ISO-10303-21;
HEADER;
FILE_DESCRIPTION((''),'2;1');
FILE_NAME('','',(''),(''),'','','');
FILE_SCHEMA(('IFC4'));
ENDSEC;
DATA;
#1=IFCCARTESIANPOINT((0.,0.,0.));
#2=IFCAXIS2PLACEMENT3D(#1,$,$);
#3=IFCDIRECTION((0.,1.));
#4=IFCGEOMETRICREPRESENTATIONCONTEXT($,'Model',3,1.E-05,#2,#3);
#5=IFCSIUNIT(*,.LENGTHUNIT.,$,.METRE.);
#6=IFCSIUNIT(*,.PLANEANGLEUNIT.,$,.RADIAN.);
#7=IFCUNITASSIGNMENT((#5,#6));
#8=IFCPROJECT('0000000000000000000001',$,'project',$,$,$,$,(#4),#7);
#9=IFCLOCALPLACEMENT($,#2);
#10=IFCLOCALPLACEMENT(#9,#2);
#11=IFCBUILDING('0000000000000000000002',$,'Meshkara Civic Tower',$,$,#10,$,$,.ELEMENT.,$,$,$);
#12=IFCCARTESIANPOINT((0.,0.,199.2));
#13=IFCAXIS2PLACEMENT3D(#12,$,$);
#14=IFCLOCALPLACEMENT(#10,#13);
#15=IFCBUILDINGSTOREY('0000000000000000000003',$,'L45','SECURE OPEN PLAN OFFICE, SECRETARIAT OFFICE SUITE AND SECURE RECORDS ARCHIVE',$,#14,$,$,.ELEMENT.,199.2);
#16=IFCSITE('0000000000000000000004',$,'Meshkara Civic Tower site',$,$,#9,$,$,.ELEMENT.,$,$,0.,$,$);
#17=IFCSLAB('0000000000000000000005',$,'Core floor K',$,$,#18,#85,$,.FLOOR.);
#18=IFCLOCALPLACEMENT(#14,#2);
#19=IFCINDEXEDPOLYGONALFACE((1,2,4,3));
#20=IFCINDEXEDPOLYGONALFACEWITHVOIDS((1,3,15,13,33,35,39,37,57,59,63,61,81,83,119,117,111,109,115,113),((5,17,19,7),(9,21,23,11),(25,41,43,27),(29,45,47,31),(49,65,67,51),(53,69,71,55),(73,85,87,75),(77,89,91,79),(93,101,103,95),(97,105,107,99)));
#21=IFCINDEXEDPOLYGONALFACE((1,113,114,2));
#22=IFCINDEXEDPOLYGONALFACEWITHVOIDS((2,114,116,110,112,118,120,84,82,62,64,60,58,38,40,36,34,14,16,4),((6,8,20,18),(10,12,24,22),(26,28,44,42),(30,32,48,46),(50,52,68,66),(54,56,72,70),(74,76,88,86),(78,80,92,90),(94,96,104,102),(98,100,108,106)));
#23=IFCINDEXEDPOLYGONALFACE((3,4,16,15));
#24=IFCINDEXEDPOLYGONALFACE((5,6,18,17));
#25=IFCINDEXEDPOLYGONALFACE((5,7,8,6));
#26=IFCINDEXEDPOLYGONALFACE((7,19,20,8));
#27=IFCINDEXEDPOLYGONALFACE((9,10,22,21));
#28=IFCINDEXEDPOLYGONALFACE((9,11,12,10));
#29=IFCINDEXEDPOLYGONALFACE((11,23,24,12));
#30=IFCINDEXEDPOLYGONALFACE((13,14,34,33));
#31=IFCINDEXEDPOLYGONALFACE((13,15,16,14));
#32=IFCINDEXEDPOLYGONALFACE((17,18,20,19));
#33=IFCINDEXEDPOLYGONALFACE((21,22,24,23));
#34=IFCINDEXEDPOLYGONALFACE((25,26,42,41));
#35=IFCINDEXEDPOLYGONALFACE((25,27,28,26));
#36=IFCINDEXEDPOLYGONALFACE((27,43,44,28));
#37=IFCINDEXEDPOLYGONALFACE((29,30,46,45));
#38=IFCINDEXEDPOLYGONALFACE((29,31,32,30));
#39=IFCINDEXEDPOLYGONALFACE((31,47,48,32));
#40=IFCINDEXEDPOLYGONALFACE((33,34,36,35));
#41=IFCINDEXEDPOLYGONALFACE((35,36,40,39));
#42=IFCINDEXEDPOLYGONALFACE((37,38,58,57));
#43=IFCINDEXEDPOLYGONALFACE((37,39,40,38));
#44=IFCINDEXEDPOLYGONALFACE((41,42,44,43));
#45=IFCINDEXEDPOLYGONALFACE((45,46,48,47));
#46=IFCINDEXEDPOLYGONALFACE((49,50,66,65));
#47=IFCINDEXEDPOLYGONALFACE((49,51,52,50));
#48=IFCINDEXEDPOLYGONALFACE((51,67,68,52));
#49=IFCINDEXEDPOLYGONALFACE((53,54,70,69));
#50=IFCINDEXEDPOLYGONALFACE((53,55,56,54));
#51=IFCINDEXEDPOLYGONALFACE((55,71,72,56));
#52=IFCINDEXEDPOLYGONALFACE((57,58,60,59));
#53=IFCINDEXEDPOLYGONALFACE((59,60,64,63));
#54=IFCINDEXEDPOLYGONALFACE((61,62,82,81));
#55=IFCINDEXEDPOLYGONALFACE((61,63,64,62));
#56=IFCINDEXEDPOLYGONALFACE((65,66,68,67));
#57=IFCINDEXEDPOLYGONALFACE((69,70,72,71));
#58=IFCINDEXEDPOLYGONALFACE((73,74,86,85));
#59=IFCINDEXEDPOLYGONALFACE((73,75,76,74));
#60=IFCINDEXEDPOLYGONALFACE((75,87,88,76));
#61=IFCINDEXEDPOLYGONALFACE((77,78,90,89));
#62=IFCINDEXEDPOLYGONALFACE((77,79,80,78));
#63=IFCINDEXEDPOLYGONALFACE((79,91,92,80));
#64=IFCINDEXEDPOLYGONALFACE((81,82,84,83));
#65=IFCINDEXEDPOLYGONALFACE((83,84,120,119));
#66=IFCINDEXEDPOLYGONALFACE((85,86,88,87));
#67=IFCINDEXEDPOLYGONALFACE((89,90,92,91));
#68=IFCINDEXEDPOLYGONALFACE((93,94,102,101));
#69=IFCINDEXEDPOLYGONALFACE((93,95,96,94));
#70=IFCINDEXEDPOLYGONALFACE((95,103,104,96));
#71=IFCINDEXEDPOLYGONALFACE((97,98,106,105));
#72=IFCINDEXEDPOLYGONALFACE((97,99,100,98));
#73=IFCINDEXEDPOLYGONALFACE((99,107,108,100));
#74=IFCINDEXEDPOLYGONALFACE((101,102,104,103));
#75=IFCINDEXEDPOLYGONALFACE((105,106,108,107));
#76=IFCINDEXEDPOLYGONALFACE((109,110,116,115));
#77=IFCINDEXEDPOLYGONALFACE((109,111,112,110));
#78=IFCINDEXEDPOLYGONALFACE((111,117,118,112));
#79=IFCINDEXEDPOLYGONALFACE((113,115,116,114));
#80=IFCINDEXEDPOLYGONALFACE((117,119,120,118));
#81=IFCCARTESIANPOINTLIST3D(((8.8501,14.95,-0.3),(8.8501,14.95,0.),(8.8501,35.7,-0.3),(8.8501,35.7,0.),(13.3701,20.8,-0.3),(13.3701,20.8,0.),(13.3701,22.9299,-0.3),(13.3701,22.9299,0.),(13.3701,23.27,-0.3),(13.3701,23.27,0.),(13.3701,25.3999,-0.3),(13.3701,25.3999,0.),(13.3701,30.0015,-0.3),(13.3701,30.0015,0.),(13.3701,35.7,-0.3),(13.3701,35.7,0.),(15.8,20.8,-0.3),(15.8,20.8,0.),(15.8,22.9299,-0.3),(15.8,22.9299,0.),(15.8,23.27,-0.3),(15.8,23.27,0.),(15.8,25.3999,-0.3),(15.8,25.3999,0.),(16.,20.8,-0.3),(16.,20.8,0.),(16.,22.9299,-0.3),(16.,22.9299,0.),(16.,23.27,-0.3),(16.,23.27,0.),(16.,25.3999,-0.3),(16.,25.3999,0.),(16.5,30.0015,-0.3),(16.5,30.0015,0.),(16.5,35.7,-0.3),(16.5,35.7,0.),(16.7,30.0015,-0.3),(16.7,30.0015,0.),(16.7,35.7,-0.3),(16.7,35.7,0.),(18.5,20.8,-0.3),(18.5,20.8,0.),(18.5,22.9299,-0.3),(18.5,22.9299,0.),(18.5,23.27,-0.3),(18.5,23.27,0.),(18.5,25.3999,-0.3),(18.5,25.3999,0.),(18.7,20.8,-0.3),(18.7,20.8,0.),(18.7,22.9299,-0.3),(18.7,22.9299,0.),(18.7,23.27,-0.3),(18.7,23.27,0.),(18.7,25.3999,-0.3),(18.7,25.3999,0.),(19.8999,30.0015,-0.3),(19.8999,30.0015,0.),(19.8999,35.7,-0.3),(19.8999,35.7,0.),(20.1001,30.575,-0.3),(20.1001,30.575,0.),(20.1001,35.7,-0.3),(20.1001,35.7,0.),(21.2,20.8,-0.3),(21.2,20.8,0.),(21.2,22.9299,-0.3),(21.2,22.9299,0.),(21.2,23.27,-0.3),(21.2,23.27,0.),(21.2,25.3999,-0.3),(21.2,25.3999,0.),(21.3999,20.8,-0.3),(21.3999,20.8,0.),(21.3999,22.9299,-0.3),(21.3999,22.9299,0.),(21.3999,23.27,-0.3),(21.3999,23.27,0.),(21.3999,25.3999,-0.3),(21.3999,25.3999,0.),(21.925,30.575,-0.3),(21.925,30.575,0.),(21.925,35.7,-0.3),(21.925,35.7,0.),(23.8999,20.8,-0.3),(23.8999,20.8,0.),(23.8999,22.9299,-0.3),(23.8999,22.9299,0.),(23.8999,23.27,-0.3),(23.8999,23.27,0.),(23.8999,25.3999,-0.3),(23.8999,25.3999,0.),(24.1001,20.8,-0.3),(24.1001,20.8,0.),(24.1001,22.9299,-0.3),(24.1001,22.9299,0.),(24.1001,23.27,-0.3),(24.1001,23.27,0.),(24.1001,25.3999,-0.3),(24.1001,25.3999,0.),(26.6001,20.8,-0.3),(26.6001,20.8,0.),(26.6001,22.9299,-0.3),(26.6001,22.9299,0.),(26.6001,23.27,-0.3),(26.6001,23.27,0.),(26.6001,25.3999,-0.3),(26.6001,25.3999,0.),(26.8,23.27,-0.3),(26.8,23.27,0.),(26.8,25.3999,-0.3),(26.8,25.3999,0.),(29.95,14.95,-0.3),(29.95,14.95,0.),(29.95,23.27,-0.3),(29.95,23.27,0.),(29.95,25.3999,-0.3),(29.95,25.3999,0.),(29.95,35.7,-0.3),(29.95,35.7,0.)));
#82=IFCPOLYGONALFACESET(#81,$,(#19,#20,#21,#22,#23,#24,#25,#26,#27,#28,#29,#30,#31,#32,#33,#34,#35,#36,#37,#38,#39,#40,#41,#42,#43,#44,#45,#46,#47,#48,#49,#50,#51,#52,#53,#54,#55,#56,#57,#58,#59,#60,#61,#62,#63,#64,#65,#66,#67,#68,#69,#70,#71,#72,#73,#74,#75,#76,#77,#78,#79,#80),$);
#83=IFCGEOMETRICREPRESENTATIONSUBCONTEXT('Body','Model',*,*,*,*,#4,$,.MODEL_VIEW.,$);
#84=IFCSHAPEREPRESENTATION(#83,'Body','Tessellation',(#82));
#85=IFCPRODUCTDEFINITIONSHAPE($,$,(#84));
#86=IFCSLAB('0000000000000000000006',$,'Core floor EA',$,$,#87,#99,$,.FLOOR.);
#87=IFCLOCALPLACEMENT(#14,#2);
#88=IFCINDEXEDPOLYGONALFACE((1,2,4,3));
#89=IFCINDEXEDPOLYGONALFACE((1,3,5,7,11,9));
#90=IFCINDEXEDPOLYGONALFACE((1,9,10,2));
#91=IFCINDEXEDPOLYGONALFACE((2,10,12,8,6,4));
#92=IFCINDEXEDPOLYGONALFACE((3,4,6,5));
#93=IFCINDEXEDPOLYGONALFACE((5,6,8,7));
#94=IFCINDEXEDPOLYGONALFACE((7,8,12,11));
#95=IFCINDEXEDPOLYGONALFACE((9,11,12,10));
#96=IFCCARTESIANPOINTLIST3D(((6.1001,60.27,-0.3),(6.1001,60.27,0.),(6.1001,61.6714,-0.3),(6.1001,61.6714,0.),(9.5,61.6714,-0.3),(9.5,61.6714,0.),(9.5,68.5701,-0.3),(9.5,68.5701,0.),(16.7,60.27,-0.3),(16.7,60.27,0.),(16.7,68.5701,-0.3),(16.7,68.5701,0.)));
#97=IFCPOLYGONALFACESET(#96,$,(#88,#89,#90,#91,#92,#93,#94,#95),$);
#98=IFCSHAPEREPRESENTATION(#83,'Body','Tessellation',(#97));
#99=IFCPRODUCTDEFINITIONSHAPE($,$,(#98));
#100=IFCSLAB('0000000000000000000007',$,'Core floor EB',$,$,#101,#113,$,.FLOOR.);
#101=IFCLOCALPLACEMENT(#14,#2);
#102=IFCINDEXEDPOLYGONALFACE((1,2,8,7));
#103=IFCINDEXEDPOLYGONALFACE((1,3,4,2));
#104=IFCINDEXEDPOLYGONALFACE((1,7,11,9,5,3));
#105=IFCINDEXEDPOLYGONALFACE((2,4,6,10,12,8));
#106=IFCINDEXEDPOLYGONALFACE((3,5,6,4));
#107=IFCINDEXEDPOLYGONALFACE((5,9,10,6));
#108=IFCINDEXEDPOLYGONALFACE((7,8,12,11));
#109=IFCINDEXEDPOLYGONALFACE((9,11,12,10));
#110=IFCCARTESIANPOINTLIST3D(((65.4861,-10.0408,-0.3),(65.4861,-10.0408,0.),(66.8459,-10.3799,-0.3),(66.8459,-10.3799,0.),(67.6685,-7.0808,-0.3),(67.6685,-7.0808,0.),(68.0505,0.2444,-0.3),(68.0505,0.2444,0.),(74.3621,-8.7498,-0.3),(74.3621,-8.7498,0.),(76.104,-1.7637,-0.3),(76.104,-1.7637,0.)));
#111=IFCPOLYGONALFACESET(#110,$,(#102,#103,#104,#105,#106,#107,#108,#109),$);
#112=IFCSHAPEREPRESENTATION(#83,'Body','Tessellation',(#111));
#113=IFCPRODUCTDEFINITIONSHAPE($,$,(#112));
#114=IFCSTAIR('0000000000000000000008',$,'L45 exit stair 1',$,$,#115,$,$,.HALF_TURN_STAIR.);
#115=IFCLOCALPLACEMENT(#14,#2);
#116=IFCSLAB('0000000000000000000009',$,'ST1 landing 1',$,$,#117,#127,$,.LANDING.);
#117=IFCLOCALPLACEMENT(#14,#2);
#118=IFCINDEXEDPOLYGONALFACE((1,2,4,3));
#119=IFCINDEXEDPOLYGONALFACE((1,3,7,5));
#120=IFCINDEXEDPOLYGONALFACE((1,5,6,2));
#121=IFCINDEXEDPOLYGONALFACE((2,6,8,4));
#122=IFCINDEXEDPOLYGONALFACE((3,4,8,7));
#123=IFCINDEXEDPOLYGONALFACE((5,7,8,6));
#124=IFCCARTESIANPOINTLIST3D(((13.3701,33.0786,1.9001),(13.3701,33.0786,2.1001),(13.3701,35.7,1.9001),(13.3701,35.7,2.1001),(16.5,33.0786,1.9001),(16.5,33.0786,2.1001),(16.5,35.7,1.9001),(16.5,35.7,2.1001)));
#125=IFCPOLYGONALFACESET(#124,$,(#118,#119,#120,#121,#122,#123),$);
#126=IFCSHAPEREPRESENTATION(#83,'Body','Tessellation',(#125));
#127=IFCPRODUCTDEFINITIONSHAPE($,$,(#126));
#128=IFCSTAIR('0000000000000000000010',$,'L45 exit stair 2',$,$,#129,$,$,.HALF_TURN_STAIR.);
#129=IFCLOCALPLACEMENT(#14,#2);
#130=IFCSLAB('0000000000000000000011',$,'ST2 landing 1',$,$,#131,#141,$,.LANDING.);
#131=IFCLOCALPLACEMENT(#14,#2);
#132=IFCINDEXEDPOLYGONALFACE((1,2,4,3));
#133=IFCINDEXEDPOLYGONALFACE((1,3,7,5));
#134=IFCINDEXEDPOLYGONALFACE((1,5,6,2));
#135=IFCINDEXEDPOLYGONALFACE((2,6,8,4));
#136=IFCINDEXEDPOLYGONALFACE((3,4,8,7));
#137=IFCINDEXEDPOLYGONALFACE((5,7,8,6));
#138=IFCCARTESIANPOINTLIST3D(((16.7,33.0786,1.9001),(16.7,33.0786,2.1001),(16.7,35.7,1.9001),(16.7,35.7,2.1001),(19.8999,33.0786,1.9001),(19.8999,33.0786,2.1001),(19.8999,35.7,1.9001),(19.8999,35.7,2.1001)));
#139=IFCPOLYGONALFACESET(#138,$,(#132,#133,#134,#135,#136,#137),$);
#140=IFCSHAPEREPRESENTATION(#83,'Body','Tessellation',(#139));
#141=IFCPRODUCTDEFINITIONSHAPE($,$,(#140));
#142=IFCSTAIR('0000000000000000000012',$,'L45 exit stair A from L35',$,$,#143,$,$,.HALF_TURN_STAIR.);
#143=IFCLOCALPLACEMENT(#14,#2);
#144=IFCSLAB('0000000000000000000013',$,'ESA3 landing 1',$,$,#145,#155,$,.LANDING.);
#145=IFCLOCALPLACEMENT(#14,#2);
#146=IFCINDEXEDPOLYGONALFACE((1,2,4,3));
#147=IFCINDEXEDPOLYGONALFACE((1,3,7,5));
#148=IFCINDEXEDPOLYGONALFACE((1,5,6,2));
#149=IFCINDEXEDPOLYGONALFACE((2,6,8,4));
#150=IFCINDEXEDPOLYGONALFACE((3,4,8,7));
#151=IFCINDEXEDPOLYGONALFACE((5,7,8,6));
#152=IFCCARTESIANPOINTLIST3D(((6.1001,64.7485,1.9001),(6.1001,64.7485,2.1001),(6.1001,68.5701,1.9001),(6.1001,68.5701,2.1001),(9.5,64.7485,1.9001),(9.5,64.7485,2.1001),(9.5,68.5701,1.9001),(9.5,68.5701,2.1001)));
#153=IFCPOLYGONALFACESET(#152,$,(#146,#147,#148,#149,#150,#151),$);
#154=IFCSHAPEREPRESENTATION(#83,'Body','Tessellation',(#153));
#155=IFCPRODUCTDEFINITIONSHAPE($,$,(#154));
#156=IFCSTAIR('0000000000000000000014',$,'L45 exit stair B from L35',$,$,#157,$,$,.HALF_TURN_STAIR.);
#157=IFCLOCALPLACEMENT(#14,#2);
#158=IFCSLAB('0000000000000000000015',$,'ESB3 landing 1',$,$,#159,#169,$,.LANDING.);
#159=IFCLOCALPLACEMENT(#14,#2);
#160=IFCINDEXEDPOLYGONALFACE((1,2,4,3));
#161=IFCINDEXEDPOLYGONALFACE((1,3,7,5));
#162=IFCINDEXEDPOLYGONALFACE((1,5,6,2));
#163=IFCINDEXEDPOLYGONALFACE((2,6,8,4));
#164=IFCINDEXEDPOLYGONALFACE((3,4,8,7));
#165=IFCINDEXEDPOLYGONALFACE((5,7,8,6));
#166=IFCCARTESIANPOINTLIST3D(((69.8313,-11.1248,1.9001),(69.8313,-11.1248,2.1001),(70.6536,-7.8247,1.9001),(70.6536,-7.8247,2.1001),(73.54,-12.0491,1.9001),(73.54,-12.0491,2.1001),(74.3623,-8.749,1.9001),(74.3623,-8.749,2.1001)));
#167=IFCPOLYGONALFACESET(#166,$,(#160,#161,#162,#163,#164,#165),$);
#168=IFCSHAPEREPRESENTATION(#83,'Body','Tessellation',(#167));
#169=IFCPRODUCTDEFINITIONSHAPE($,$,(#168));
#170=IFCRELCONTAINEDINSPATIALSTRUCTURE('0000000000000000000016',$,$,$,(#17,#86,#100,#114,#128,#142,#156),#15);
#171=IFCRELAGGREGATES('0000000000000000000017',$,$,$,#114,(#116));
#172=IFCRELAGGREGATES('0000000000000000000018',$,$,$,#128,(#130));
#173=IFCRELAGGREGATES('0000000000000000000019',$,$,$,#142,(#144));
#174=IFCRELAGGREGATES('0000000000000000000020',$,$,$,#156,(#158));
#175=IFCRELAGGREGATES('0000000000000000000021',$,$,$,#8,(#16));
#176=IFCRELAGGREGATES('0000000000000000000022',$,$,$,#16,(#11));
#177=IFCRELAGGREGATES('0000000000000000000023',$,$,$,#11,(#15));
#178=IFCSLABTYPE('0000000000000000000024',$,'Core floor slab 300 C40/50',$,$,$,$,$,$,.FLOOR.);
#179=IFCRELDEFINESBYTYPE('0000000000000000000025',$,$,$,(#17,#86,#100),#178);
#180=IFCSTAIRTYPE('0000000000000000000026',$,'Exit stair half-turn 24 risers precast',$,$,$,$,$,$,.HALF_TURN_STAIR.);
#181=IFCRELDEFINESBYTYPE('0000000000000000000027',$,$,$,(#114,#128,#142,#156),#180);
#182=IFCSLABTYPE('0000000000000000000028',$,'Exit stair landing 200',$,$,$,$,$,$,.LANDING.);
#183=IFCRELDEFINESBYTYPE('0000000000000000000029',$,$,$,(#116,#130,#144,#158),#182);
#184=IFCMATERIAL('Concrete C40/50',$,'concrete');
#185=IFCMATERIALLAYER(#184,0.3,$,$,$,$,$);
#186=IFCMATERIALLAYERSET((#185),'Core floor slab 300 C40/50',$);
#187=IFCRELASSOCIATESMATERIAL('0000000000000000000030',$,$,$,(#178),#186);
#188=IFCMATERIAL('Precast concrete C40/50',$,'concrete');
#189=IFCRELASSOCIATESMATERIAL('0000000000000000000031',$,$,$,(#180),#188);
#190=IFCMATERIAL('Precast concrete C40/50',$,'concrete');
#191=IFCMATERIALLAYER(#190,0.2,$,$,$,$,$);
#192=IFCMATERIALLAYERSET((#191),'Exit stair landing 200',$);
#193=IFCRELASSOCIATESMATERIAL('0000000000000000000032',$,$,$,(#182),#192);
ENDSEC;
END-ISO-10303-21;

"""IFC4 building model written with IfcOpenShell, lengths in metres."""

from ifc_helpers import new_model, si_unit, direction, frame, origin, place, context, subcontext, project, spatial, polyline, outline, extrude, material, layer, layer_set, type_object, element, aggregate, save


model = new_model("IFC4")

# Units and contexts
model_context = context("Model", 3, precision=1e-05, world=origin(), true_north=direction((0.0, 1.0)))
body_context = subcontext(model_context, "Body", "Model", "MODEL_VIEW")
ifc_project = project(units=[si_unit("LENGTHUNIT", "METRE"), si_unit("PLANEANGLEUNIT", "RADIAN")], contexts=[model_context])

# Site, building, storey
site_placement = place(None, origin())
site = spatial("IfcSite", under=ifc_project, at=site_placement, Name="Meshkara Civic Tower site", CompositionType="ELEMENT", RefElevation=0.0)
building_placement = place(site_placement, origin())
building = spatial("IfcBuilding", under=site, at=building_placement, Name="Meshkara Civic Tower", CompositionType="ELEMENT")
storey_placement = place(building_placement, frame((0.0, 0.0, 199.2)))
storey = spatial("IfcBuildingStorey", under=building, at=storey_placement, Name="L45", Description="SECURE OPEN PLAN OFFICE, SECRETARIAT OFFICE SUITE AND SECURE RECORDS ARCHIVE", CompositionType="ELEMENT", Elevation=199.2)

# Slabs
ifc_material_1 = material(Name="Concrete C40/50", Category="concrete")
ifc_layer_1 = layer(ifc_material_1, 0.3)
ifc_layer_set_1 = layer_set([ifc_layer_1], Name="Core floor slab 300 C40/50")
slab_type_1 = type_object("IfcSlabType", Name="Core floor slab 300 C40/50", PredefinedType="FLOOR", material=ifc_layer_set_1)
slab_1_placement = place(storey_placement, frame((0.0, 0.0, -0.3)))
element("IfcSlab", 1, at=slab_1_placement, inside=storey, type_object=slab_type_1, Name="Core floor K", PredefinedType="FLOOR", context=body_context, shape_type="SweptSolid", body=[
    extrude(outline(polyline([(8.8501, 35.7), (13.3701, 35.7), (13.3701, 30.0015), (16.5, 30.0015), (16.5, 35.7), (16.7, 35.7), (16.7, 30.0015), (19.8999, 30.0015), (19.8999, 35.7), (20.1001, 35.7), (20.1001, 30.575), (21.925, 30.575), (21.925, 35.7), (29.95, 35.7), (29.95, 25.3999), (26.8, 25.3999), (26.8, 23.27), (29.95, 23.27), (29.95, 14.95), (8.8501, 14.95), (8.8501, 35.7)]), holes=[polyline([(15.8, 22.9299), (13.3701, 22.9299), (13.3701, 20.8), (15.8, 20.8), (15.8, 22.9299)]), polyline([(16.0, 22.9299), (16.0, 20.8), (18.5, 20.8), (18.5, 22.9299), (16.0, 22.9299)]), polyline([(18.7, 22.9299), (18.7, 20.8), (21.2, 20.8), (21.2, 22.9299), (18.7, 22.9299)]), polyline([(15.8, 23.27), (15.8, 25.3999), (13.3701, 25.3999), (13.3701, 23.27), (15.8, 23.27)]), polyline([(16.0, 25.3999), (16.0, 23.27), (18.5, 23.27), (18.5, 25.3999), (16.0, 25.3999)]), polyline([(23.8999, 20.8), (23.8999, 22.9299), (21.3999, 22.9299), (21.3999, 20.8), (23.8999, 20.8)]), polyline([(24.1001, 20.8), (26.6001, 20.8), (26.6001, 22.9299), (24.1001, 22.9299), (24.1001, 20.8)]), polyline([(18.7, 25.3999), (18.7, 23.27), (21.2, 23.27), (21.2, 25.3999), (18.7, 25.3999)]), polyline([(21.3999, 23.27), (23.8999, 23.27), (23.8999, 25.3999), (21.3999, 25.3999), (21.3999, 23.27)]), polyline([(24.1001, 23.27), (26.6001, 23.27), (26.6001, 25.3999), (24.1001, 25.3999), (24.1001, 23.27)])]), origin(), (0.0, 0.0, 1.0), 0.3),
])
slab_2_placement = place(storey_placement, frame((0.0, 0.0, -0.3)))
element("IfcSlab", 2, at=slab_2_placement, inside=storey, type_object=slab_type_1, Name="Core floor EA", PredefinedType="FLOOR", context=body_context, shape_type="SweptSolid", body=[
    extrude(outline(polyline([(16.7, 60.27), (16.7, 68.5701), (9.5, 68.5701), (9.5, 61.6714), (6.1001, 61.6714), (6.1001, 60.27), (16.7, 60.27)])), origin(), (0.0, 0.0, 1.0), 0.3),
])
slab_3_placement = place(storey_placement, frame((0.0, 0.0, -0.3)))
element("IfcSlab", 3, at=slab_3_placement, inside=storey, type_object=slab_type_1, Name="Core floor EB", PredefinedType="FLOOR", context=body_context, shape_type="SweptSolid", body=[
    extrude(outline(polyline([(68.0505, 0.2444), (76.104, -1.7637), (74.3621, -8.7498), (67.6685, -7.0808), (66.8459, -10.3799), (65.4861, -10.0408), (68.0505, 0.2444)])), origin(), (0.0, 0.0, 1.0), 0.3),
])

# Stairs, slabs
ifc_material_2 = material(Name="Precast concrete C40/50", Category="concrete")
stair_type = type_object("IfcStairType", Name="Exit stair half-turn 24 risers precast", PredefinedType="HALF_TURN_STAIR", material=ifc_material_2)
stair_1_placement = place(storey_placement, origin())
stair_1 = element("IfcStair", 4, at=stair_1_placement, inside=storey, type_object=stair_type, Name="L45 exit stair 1", PredefinedType="HALF_TURN_STAIR")
ifc_material_3 = material(Name="Precast concrete C40/50", Category="concrete")
ifc_layer_2 = layer(ifc_material_3, 0.2)
ifc_layer_set_2 = layer_set([ifc_layer_2], Name="Exit stair landing 200")
slab_type_2 = type_object("IfcSlabType", Name="Exit stair landing 200", PredefinedType="LANDING", material=ifc_layer_set_2)
slab_4_placement = place(storey_placement, frame((0.0, 0.0, 1.9001)))
slab_4 = element("IfcSlab", 5, at=slab_4_placement, type_object=slab_type_2, Name="ST1 landing 1", PredefinedType="LANDING", context=body_context, shape_type="SweptSolid", body=[
    extrude(outline(polyline([(16.5, 33.0786), (16.5, 35.7), (13.3701, 35.7), (13.3701, 33.0786), (16.5, 33.0786)])), origin(), (0.0, 0.0, 1.0), 0.2),
])
aggregate(stair_1, [slab_4])
stair_2_placement = place(storey_placement, origin())
stair_2 = element("IfcStair", 6, at=stair_2_placement, inside=storey, type_object=stair_type, Name="L45 exit stair 2", PredefinedType="HALF_TURN_STAIR")
slab_5_placement = place(storey_placement, frame((0.0, 0.0, 1.9001)))
slab_5 = element("IfcSlab", 7, at=slab_5_placement, type_object=slab_type_2, Name="ST2 landing 1", PredefinedType="LANDING", context=body_context, shape_type="SweptSolid", body=[
    extrude(outline(polyline([(19.8999, 33.0786), (19.8999, 35.7), (16.7, 35.7), (16.7, 33.0786), (19.8999, 33.0786)])), origin(), (0.0, 0.0, 1.0), 0.2),
])
aggregate(stair_2, [slab_5])
stair_3_placement = place(storey_placement, origin())
stair_3 = element("IfcStair", 8, at=stair_3_placement, inside=storey, type_object=stair_type, Name="L45 exit stair A from L35", PredefinedType="HALF_TURN_STAIR")
slab_6_placement = place(storey_placement, frame((0.0, 0.0, 1.9001)))
slab_6 = element("IfcSlab", 9, at=slab_6_placement, type_object=slab_type_2, Name="ESA3 landing 1", PredefinedType="LANDING", context=body_context, shape_type="SweptSolid", body=[
    extrude(outline(polyline([(9.5, 64.7485), (9.5, 68.5701), (6.1001, 68.5701), (6.1001, 64.7485), (9.5, 64.7485)])), origin(), (0.0, 0.0, 1.0), 0.2),
])
aggregate(stair_3, [slab_6])
stair_4_placement = place(storey_placement, origin())
stair_4 = element("IfcStair", 10, at=stair_4_placement, inside=storey, type_object=stair_type, Name="L45 exit stair B from L35", PredefinedType="HALF_TURN_STAIR")
slab_7_placement = place(storey_placement, frame((0.0, 0.0, 1.9001)))
slab_7 = element("IfcSlab", 11, at=slab_7_placement, type_object=slab_type_2, Name="ESB3 landing 1", PredefinedType="LANDING", context=body_context, shape_type="SweptSolid", body=[
    extrude(outline(polyline([(69.8313, -11.1248), (73.54, -12.0491), (74.3623, -8.749), (70.6536, -7.8247), (69.8313, -11.1248)])), origin(), (0.0, 0.0, 1.0), 0.2),
])
aggregate(stair_4, [slab_7])

save(model, "model.ifc")
